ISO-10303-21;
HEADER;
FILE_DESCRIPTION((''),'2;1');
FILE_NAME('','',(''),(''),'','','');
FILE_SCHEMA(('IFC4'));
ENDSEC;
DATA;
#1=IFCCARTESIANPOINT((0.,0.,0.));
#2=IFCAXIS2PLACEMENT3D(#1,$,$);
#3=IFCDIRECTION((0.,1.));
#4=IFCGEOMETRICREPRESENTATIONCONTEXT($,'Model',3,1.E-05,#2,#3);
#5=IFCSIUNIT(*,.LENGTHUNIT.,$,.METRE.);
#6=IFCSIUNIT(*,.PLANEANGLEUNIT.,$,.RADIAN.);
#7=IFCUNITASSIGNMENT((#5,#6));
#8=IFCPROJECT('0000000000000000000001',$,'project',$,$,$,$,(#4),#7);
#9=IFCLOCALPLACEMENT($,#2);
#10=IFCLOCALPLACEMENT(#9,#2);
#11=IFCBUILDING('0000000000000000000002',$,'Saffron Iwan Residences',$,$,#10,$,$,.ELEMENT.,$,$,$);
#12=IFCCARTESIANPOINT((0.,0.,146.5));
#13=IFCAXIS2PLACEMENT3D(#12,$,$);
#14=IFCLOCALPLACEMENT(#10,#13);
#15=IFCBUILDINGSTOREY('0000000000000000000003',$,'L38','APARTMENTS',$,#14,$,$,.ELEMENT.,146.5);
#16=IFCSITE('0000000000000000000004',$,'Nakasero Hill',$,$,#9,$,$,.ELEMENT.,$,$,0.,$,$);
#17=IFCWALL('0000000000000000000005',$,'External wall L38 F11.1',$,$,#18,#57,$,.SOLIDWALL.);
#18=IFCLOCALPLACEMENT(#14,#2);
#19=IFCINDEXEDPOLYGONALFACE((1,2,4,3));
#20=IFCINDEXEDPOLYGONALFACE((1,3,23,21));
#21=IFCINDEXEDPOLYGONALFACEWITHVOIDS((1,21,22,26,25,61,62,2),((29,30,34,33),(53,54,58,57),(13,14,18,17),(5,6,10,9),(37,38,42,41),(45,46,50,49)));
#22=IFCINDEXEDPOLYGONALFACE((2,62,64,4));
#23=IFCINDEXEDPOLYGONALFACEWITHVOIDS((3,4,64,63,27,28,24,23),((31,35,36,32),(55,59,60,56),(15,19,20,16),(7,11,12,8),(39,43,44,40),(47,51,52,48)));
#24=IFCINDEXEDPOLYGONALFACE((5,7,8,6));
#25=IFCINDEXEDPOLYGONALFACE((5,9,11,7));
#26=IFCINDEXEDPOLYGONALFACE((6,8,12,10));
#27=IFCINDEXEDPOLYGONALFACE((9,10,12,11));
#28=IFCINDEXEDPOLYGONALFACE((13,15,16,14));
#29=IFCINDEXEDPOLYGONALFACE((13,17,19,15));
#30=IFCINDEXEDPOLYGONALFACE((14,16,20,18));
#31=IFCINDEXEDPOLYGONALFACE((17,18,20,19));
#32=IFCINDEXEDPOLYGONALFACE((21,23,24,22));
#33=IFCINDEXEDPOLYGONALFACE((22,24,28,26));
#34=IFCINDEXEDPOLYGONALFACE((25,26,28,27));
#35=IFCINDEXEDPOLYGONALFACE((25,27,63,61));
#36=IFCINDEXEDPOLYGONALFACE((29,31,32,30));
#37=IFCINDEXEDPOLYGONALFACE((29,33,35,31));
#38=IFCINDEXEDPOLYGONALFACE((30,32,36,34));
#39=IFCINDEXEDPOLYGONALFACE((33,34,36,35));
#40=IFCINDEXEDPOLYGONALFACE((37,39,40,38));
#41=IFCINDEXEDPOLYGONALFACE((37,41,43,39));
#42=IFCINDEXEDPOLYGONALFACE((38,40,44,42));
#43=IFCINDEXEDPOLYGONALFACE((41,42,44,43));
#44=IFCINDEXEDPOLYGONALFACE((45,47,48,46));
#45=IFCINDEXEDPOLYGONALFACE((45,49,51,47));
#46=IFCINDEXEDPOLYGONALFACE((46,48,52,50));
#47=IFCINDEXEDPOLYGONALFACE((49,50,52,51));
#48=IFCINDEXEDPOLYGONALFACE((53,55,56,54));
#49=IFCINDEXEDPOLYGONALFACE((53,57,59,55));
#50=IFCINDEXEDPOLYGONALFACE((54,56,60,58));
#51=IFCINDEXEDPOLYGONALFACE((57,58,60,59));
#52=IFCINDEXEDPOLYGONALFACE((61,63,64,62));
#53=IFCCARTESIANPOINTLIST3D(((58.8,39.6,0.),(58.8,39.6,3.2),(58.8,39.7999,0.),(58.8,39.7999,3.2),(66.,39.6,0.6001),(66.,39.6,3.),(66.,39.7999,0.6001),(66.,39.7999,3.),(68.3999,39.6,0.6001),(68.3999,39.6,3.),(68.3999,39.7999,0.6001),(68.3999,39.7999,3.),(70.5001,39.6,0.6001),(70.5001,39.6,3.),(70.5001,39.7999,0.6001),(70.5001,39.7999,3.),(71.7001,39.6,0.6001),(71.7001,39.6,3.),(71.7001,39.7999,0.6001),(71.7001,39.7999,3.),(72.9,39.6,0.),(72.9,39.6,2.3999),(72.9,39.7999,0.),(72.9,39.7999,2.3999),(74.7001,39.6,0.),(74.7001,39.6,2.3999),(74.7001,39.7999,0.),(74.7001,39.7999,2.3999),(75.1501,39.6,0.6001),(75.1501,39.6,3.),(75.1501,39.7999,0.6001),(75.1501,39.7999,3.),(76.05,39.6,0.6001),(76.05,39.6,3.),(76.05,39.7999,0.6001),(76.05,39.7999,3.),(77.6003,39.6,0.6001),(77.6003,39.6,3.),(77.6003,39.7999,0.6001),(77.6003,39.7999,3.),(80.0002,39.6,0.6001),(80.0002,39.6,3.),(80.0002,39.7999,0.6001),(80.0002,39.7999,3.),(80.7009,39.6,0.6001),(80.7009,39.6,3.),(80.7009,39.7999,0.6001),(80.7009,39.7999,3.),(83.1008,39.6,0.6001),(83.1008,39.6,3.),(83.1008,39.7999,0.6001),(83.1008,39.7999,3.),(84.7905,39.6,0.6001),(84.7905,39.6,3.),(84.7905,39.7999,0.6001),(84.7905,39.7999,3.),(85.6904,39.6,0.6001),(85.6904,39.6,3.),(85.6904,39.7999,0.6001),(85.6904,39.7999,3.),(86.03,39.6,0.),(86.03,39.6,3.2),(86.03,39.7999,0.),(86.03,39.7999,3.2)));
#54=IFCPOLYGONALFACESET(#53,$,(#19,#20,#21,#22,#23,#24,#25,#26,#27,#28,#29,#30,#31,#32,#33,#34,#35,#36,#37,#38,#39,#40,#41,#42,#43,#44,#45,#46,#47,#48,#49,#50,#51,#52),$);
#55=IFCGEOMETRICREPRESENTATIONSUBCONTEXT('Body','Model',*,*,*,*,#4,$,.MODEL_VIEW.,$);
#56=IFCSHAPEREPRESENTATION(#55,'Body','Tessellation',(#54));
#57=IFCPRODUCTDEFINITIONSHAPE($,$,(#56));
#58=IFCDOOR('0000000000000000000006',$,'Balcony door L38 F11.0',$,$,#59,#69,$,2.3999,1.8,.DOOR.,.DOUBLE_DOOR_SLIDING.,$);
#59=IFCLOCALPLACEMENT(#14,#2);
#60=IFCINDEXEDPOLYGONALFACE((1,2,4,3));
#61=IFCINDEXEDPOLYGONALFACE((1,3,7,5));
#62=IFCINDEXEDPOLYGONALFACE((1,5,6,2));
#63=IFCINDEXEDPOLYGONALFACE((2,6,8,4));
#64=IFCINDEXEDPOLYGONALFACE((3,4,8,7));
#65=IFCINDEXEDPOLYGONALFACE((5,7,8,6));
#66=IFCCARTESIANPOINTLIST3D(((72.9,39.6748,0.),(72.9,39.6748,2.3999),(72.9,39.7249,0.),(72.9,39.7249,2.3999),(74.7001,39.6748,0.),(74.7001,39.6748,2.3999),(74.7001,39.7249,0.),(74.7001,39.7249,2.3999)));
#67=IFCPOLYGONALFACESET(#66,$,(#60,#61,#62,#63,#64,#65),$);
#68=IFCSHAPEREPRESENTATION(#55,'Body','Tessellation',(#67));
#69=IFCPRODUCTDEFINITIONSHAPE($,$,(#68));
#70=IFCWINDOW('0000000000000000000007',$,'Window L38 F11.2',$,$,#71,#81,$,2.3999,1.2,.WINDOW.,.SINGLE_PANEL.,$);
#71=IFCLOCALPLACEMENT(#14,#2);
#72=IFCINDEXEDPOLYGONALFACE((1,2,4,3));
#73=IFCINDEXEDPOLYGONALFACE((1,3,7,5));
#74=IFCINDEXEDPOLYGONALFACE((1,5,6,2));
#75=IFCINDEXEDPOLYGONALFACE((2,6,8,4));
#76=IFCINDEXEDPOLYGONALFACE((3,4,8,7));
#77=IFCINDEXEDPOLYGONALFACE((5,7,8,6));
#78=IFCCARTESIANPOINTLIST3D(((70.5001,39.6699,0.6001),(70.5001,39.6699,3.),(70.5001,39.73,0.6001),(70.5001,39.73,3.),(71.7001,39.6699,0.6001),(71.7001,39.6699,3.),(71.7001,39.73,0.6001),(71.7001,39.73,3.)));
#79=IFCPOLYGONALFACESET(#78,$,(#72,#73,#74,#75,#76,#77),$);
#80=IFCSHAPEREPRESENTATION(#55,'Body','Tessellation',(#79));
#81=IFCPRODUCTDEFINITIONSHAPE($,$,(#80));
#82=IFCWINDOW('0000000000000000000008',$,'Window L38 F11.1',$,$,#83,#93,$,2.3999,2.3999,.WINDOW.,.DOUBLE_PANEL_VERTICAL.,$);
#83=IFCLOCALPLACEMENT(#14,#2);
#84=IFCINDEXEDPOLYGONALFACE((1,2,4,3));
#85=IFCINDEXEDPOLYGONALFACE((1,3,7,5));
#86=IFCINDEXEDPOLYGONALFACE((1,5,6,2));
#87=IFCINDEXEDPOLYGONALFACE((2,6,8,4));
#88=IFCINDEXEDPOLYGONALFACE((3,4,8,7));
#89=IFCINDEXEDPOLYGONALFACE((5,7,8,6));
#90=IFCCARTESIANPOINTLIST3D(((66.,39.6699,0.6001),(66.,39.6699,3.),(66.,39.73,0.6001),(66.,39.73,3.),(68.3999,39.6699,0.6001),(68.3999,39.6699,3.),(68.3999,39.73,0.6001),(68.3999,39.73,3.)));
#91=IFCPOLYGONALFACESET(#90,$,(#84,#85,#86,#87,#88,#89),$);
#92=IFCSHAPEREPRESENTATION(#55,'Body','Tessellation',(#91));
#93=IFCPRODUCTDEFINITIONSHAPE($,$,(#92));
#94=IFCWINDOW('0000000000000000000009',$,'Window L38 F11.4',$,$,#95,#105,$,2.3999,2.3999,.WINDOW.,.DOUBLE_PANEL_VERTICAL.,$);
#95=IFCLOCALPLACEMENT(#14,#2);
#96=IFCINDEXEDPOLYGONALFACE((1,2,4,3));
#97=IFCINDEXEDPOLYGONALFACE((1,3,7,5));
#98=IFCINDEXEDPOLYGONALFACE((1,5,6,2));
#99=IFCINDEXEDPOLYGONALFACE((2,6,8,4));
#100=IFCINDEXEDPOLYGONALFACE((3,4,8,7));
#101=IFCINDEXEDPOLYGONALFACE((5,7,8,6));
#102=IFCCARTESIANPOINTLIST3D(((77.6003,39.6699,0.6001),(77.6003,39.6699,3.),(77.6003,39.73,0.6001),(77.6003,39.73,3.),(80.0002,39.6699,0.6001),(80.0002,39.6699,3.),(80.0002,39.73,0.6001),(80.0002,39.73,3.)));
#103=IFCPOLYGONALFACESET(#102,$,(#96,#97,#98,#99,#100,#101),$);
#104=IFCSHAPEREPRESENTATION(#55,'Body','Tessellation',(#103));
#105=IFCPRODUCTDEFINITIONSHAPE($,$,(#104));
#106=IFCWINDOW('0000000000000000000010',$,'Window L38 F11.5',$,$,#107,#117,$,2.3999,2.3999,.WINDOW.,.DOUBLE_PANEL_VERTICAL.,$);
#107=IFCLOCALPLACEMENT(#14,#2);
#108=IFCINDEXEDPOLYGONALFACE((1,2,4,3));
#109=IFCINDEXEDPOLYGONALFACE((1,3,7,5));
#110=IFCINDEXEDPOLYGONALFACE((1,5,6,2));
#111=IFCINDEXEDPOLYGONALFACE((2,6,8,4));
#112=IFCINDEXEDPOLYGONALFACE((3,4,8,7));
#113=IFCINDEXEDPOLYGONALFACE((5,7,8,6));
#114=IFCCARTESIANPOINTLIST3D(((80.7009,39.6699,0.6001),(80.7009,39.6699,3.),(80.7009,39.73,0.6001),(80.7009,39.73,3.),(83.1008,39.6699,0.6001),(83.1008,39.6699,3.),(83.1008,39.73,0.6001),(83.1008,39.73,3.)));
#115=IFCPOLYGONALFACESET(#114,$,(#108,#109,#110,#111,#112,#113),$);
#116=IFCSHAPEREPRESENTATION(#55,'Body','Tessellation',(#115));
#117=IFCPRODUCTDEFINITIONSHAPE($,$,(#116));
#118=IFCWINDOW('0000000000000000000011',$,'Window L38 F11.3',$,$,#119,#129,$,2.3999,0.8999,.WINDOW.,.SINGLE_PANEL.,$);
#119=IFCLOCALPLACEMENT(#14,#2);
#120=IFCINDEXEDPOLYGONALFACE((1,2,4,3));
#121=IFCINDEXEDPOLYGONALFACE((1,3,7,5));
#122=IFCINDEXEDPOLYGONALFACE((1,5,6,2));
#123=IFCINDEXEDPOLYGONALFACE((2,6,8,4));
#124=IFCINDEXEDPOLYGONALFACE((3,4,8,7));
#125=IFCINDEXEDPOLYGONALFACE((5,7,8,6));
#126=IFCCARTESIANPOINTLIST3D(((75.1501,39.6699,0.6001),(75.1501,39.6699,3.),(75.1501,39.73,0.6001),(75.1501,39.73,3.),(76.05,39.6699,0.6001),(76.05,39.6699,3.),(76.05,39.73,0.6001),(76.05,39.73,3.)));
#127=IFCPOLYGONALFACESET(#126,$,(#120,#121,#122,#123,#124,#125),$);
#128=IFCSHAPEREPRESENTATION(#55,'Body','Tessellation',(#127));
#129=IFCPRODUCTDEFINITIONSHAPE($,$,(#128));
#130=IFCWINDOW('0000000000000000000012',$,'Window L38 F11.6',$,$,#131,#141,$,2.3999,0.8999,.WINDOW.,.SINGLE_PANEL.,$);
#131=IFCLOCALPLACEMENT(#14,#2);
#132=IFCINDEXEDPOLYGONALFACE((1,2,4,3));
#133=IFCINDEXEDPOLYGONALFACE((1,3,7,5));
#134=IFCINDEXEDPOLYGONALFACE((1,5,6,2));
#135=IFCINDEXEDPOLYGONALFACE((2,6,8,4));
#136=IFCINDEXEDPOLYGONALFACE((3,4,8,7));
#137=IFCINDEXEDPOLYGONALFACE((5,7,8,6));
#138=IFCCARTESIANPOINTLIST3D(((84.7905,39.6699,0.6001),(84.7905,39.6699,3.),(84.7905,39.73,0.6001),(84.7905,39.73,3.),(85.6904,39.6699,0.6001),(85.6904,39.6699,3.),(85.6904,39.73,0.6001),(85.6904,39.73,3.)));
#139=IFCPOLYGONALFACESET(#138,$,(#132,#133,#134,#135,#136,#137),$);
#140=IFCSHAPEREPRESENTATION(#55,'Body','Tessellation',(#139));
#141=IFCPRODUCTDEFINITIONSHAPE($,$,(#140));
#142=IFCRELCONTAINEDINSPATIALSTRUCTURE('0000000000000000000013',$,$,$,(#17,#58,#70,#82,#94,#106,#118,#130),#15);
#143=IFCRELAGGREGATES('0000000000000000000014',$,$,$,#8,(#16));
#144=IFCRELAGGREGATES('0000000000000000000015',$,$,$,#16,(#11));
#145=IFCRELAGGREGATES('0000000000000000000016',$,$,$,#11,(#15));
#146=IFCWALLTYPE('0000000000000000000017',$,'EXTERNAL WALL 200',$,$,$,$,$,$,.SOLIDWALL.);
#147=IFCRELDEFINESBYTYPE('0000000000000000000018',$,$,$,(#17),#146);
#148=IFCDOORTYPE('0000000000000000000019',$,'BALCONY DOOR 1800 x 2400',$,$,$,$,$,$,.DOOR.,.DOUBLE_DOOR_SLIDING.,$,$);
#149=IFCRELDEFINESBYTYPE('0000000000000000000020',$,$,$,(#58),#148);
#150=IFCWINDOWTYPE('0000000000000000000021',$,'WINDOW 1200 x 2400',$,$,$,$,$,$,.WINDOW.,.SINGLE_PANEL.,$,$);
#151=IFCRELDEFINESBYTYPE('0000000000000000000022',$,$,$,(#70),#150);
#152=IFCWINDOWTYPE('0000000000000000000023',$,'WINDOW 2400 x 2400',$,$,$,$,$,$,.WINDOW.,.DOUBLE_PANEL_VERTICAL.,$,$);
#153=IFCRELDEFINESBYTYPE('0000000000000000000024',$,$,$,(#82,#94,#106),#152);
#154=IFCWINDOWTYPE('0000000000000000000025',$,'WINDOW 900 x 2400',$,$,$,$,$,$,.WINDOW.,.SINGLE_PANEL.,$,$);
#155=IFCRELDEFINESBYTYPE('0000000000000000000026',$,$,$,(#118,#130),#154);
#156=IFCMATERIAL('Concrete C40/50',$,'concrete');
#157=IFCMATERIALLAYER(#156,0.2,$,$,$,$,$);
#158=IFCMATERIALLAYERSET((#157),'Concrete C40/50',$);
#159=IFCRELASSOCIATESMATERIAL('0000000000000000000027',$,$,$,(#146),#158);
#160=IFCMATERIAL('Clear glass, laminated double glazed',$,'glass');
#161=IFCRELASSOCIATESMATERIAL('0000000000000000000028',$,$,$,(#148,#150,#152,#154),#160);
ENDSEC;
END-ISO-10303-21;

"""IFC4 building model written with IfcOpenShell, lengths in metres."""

from ifc_helpers import new_model, si_unit, direction, frame, frame_2d, origin, place, context, subcontext, project, spatial, rectangle, extrude, material, layer, layer_set, type_object, element, fill, save


model = new_model("IFC4")

# Units and contexts
model_context = context("Model", 3, precision=1e-05, world=origin(), true_north=direction((0.0, 1.0)))
body_context = subcontext(model_context, "Body", "Model", "MODEL_VIEW")
ifc_project = project(units=[si_unit("LENGTHUNIT", "METRE"), si_unit("PLANEANGLEUNIT", "RADIAN")], contexts=[model_context])

# Site, building, storey
site_placement = place(None, origin())
site = spatial("IfcSite", under=ifc_project, at=site_placement, Name="Nakasero Hill", CompositionType="ELEMENT", RefElevation=0.0)
building_placement = place(site_placement, origin())
building = spatial("IfcBuilding", under=site, at=building_placement, Name="Saffron Iwan Residences", CompositionType="ELEMENT")
storey_placement = place(building_placement, frame((0.0, 0.0, 146.5)))
storey = spatial("IfcBuildingStorey", under=building, at=storey_placement, Name="L38", Description="APARTMENTS", CompositionType="ELEMENT", Elevation=146.5)

# Wall, openings, door, windows
ifc_material_1 = material(Name="Concrete C40/50", Category="concrete")
ifc_layer_1 = layer(ifc_material_1, 0.2)
ifc_layer_set_1 = layer_set([ifc_layer_1], Name="Concrete C40/50")
wall_type_1 = type_object("IfcWallType", Name="EXTERNAL WALL 200", PredefinedType="SOLIDWALL", material=ifc_layer_set_1)
wall_1_placement = place(storey_placement, frame((58.8, 39.7, 0.0), z_axis=(0.0, 0.0, 1.0), x_axis=(1.0, 0.0, 0.0)))
wall_1 = element("IfcWall", 1, at=wall_1_placement, inside=storey, type_object=wall_type_1, Name="External wall L38 F11.1", PredefinedType="SOLIDWALL", context=body_context, shape_type="SweptSolid", body=[
    extrude(rectangle(XDim=27.23, YDim=0.2, at=frame_2d((13.615, 0.0))), origin(), (0.0, 0.0, 1.0), 3.2),
])
opening_1_placement = place(wall_1_placement, frame((14.1001, 0.0, 0.0)))
opening_1 = element("IfcOpeningElement", 2, at=opening_1_placement, cuts=wall_1, PredefinedType="OPENING", context=body_context, shape_type="SweptSolid", body=[
    extrude(rectangle(XDim=1.8, YDim=2.3999, at=frame_2d((0.8999, 1.2))), frame((0.0, 0.1099, 0.0), z_axis=(0.0, -1.0, 0.0), x_axis=(1.0, 0.0, 0.0)), (0.0, 0.0, 1.0), 0.22),
])
opening_2_placement = place(wall_1_placement, frame((7.2, 0.0, 0.6001)))
opening_2 = element("IfcOpeningElement", 3, at=opening_2_placement, cuts=wall_1, PredefinedType="OPENING", context=body_context, shape_type="SweptSolid", body=[
    extrude(rectangle(XDim=2.3999, YDim=2.3999, at=frame_2d((1.2, 1.2))), frame((0.0, 0.1099, 0.0), z_axis=(0.0, -1.0, 0.0), x_axis=(1.0, 0.0, 0.0)), (0.0, 0.0, 1.0), 0.22),
])
opening_3_placement = place(wall_1_placement, frame((11.7, 0.0, 0.6001)))
opening_3 = element("IfcOpeningElement", 4, at=opening_3_placement, cuts=wall_1, PredefinedType="OPENING", context=body_context, shape_type="SweptSolid", body=[
    extrude(rectangle(XDim=1.2, YDim=2.3999, at=frame_2d((0.6001, 1.2))), frame((0.0, 0.1099, 0.0), z_axis=(0.0, -1.0, 0.0), x_axis=(1.0, 0.0, 0.0)), (0.0, 0.0, 1.0), 0.22),
])
opening_4_placement = place(wall_1_placement, frame((16.3501, 0.0, 0.6001)))
opening_4 = element("IfcOpeningElement", 5, at=opening_4_placement, cuts=wall_1, PredefinedType="OPENING", context=body_context, shape_type="SweptSolid", body=[
    extrude(rectangle(XDim=0.8999, YDim=2.3999, at=frame_2d((0.45, 1.2))), frame((0.0, 0.1099, 0.0), z_axis=(0.0, -1.0, 0.0), x_axis=(1.0, 0.0, 0.0)), (0.0, 0.0, 1.0), 0.22),
])
opening_5_placement = place(wall_1_placement, frame((18.8003, 0.0, 0.6001)))
opening_5 = element("IfcOpeningElement", 6, at=opening_5_placement, cuts=wall_1, PredefinedType="OPENING", context=body_context, shape_type="SweptSolid", body=[
    extrude(rectangle(XDim=2.3999, YDim=2.3999, at=frame_2d((1.2, 1.2))), frame((0.0, 0.1099, 0.0), z_axis=(0.0, -1.0, 0.0), x_axis=(1.0, 0.0, 0.0)), (0.0, 0.0, 1.0), 0.22),
])
opening_6_placement = place(wall_1_placement, frame((21.9009, 0.0, 0.6001)))
opening_6 = element("IfcOpeningElement", 7, at=opening_6_placement, cuts=wall_1, PredefinedType="OPENING", context=body_context, shape_type="SweptSolid", body=[
    extrude(rectangle(XDim=2.3999, YDim=2.3999, at=frame_2d((1.2, 1.2))), frame((0.0, 0.1099, 0.0), z_axis=(0.0, -1.0, 0.0), x_axis=(1.0, 0.0, 0.0)), (0.0, 0.0, 1.0), 0.22),
])
opening_7_placement = place(wall_1_placement, frame((25.9905, 0.0, 0.6001)))
opening_7 = element("IfcOpeningElement", 8, at=opening_7_placement, cuts=wall_1, PredefinedType="OPENING", context=body_context, shape_type="SweptSolid", body=[
    extrude(rectangle(XDim=0.8999, YDim=2.3999, at=frame_2d((0.45, 1.2))), frame((0.0, 0.1099, 0.0), z_axis=(0.0, -1.0, 0.0), x_axis=(1.0, 0.0, 0.0)), (0.0, 0.0, 1.0), 0.22),
])
ifc_material_2 = material(Name="Clear glass, laminated double glazed", Category="glass")
door_type_1 = type_object("IfcDoorType", Name="BALCONY DOOR 1800 x 2400", OperationType="DOUBLE_DOOR_SLIDING", PredefinedType="DOOR", material=ifc_material_2)
door_1_placement = place(opening_1_placement, origin())
door_1 = element("IfcDoor", 9, at=door_1_placement, inside=storey, type_object=door_type_1, Name="Balcony door L38 F11.0", OperationType="DOUBLE_DOOR_SLIDING", OverallHeight=2.3999, OverallWidth=1.8, PredefinedType="DOOR", context=body_context, shape_type="SweptSolid", body=[
    extrude(rectangle(XDim=1.8, YDim=2.3999, at=frame_2d((0.8999, 1.2))), frame((0.0, 0.0249, 0.0), z_axis=(0.0, -1.0, 0.0), x_axis=(1.0, 0.0, 0.0)), (0.0, 0.0, 1.0), 0.05),
])
fill(opening_1, door_1)
window_type_1 = type_object("IfcWindowType", Name="WINDOW 1200 x 2400", PartitioningType="SINGLE_PANEL", PredefinedType="WINDOW", material=ifc_material_2)
window_1_placement = place(opening_3_placement, origin())
window_1 = element("IfcWindow", 10, at=window_1_placement, inside=storey, type_object=window_type_1, Name="Window L38 F11.2", OverallHeight=2.3999, OverallWidth=1.2, PartitioningType="SINGLE_PANEL", PredefinedType="WINDOW", context=body_context, shape_type="SweptSolid", body=[
    extrude(rectangle(XDim=1.2, YDim=2.3999, at=frame_2d((0.6001, 1.2))), frame((0.0, 0.03, 0.0), z_axis=(0.0, -1.0, 0.0), x_axis=(1.0, 0.0, 0.0)), (0.0, 0.0, 1.0), 0.0601),
])
fill(opening_3, window_1)
window_type_2 = type_object("IfcWindowType", Name="WINDOW 2400 x 2400", PartitioningType="DOUBLE_PANEL_VERTICAL", PredefinedType="WINDOW", material=ifc_material_2)
window_2_placement = place(opening_2_placement, origin())
window_2 = element("IfcWindow", 11, at=window_2_placement, inside=storey, type_object=window_type_2, Name="Window L38 F11.1", OverallHeight=2.3999, OverallWidth=2.3999, PartitioningType="DOUBLE_PANEL_VERTICAL", PredefinedType="WINDOW", context=body_context, shape_type="SweptSolid", body=[
    extrude(rectangle(XDim=2.3999, YDim=2.3999, at=frame_2d((1.2, 1.2))), frame((0.0, 0.03, 0.0), z_axis=(0.0, -1.0, 0.0), x_axis=(1.0, 0.0, 0.0)), (0.0, 0.0, 1.0), 0.0601),
])
fill(opening_2, window_2)
window_3_placement = place(opening_5_placement, origin())
window_3 = element("IfcWindow", 12, at=window_3_placement, inside=storey, type_object=window_type_2, Name="Window L38 F11.4", OverallHeight=2.3999, OverallWidth=2.3999, PartitioningType="DOUBLE_PANEL_VERTICAL", PredefinedType="WINDOW", context=body_context, shape_type="SweptSolid", body=[
    extrude(rectangle(XDim=2.3999, YDim=2.3999, at=frame_2d((1.2, 1.2))), frame((0.0, 0.03, 0.0), z_axis=(0.0, -1.0, 0.0), x_axis=(1.0, 0.0, 0.0)), (0.0, 0.0, 1.0), 0.0601),
])
fill(opening_5, window_3)
window_4_placement = place(opening_6_placement, origin())
window_4 = element("IfcWindow", 13, at=window_4_placement, inside=storey, type_object=window_type_2, Name="Window L38 F11.5", OverallHeight=2.3999, OverallWidth=2.3999, PartitioningType="DOUBLE_PANEL_VERTICAL", PredefinedType="WINDOW", context=body_context, shape_type="SweptSolid", body=[
    extrude(rectangle(XDim=2.3999, YDim=2.3999, at=frame_2d((1.2, 1.2))), frame((0.0, 0.03, 0.0), z_axis=(0.0, -1.0, 0.0), x_axis=(1.0, 0.0, 0.0)), (0.0, 0.0, 1.0), 0.0601),
])
fill(opening_6, window_4)
window_type_3 = type_object("IfcWindowType", Name="WINDOW 900 x 2400", PartitioningType="SINGLE_PANEL", PredefinedType="WINDOW", material=ifc_material_2)
window_5_placement = place(opening_4_placement, origin())
window_5 = element("IfcWindow", 14, at=window_5_placement, inside=storey, type_object=window_type_3, Name="Window L38 F11.3", OverallHeight=2.3999, OverallWidth=0.8999, PartitioningType="SINGLE_PANEL", PredefinedType="WINDOW", context=body_context, shape_type="SweptSolid", body=[
    extrude(rectangle(XDim=0.8999, YDim=2.3999, at=frame_2d((0.45, 1.2))), frame((0.0, 0.03, 0.0), z_axis=(0.0, -1.0, 0.0), x_axis=(1.0, 0.0, 0.0)), (0.0, 0.0, 1.0), 0.0601),
])
fill(opening_4, window_5)
window_6_placement = place(opening_7_placement, origin())
window_6 = element("IfcWindow", 15, at=window_6_placement, inside=storey, type_object=window_type_3, Name="Window L38 F11.6", OverallHeight=2.3999, OverallWidth=0.8999, PartitioningType="SINGLE_PANEL", PredefinedType="WINDOW", context=body_context, shape_type="SweptSolid", body=[
    extrude(rectangle(XDim=0.8999, YDim=2.3999, at=frame_2d((0.45, 1.2))), frame((0.0, 0.03, 0.0), z_axis=(0.0, -1.0, 0.0), x_axis=(1.0, 0.0, 0.0)), (0.0, 0.0, 1.0), 0.0601),
])
fill(opening_7, window_6)

save(model, "model.ifc")
